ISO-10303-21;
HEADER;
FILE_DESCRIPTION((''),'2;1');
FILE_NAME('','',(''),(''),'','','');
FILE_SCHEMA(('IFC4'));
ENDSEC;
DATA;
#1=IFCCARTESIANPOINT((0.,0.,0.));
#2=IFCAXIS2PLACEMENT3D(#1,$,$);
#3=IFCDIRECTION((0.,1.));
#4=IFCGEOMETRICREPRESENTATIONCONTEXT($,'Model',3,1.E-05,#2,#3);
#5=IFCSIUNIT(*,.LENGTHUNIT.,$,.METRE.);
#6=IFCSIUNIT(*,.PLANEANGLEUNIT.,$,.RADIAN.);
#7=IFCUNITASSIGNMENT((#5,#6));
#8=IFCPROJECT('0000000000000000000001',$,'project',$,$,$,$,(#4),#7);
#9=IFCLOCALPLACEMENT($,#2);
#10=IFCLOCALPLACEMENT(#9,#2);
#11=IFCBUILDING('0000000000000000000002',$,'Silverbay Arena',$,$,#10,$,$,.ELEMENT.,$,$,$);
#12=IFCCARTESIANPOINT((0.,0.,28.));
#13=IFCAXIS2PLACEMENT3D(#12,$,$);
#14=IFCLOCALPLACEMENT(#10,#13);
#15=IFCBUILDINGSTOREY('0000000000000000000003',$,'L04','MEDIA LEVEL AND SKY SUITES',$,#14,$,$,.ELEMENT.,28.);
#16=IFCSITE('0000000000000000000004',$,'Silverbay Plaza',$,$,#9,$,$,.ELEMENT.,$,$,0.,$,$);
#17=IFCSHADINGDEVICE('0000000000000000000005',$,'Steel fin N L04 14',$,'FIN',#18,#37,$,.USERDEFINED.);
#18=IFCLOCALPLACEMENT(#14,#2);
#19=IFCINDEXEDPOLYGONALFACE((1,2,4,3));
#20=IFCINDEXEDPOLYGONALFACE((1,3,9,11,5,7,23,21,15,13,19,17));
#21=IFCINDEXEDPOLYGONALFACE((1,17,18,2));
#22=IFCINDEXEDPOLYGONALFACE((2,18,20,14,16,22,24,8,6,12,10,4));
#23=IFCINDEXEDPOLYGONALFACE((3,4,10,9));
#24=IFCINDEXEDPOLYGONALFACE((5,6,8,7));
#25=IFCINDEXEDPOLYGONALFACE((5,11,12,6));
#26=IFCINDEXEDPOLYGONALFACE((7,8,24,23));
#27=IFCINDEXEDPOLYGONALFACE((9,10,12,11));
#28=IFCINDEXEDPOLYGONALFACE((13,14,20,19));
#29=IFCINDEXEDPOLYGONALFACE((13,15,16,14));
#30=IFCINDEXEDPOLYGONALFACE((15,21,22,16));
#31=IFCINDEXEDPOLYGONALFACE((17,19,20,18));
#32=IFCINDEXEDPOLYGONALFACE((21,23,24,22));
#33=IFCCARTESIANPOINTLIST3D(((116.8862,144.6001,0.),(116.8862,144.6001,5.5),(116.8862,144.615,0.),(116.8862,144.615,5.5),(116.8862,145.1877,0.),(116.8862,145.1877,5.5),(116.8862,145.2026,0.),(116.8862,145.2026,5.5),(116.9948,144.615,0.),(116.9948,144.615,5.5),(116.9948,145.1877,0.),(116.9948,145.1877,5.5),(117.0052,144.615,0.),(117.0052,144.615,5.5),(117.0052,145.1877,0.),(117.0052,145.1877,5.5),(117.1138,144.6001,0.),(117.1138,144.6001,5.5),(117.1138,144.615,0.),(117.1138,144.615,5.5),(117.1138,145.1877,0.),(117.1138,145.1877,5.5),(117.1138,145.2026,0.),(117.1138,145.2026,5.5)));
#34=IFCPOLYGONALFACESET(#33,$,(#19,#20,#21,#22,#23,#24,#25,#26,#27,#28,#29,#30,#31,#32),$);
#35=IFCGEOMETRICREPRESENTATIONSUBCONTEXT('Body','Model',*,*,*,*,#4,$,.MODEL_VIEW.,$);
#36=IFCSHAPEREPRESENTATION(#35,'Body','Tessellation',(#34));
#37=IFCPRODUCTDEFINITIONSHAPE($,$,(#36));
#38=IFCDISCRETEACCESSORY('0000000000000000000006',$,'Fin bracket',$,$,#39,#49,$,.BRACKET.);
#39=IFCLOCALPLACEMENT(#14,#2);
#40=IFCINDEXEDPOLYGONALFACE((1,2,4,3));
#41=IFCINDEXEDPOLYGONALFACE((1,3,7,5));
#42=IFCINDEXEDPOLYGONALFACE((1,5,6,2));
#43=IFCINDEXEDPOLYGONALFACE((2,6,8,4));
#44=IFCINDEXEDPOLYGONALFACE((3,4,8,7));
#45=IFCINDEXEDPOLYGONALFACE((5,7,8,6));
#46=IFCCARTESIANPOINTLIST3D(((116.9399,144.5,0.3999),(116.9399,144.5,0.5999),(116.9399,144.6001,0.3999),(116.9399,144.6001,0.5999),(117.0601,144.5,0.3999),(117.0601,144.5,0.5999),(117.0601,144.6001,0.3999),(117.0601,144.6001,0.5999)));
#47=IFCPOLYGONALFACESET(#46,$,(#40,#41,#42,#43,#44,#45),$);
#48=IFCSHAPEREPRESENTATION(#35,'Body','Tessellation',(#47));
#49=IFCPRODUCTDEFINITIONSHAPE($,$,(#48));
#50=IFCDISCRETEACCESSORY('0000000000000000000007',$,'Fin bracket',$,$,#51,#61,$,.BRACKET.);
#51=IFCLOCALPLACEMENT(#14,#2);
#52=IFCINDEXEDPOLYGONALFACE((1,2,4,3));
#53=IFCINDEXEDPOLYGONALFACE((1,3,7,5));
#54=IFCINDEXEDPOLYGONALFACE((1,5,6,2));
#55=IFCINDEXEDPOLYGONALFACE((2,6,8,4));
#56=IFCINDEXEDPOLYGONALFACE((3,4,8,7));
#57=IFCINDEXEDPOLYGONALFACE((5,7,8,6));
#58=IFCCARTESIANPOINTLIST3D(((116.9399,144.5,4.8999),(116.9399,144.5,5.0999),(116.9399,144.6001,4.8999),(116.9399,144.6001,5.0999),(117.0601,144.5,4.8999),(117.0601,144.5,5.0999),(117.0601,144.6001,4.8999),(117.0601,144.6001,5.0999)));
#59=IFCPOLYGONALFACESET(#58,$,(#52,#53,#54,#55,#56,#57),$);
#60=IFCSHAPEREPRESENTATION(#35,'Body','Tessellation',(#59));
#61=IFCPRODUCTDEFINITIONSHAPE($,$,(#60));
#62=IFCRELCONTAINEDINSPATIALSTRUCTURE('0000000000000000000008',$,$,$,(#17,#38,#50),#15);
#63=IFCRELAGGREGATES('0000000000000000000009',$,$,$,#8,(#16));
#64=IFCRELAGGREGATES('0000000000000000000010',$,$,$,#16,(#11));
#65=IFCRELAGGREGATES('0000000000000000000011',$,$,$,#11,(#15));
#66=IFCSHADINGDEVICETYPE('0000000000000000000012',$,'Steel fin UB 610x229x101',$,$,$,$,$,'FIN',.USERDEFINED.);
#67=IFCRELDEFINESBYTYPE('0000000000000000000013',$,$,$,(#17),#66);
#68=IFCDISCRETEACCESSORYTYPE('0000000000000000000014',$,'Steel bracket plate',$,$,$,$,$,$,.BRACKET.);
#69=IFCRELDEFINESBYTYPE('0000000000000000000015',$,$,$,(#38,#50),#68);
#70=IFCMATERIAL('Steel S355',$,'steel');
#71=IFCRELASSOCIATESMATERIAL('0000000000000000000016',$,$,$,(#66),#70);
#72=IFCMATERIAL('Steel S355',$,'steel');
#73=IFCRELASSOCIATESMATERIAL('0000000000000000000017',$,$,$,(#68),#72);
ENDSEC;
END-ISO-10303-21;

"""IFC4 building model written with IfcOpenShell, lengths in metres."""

from ifc_helpers import new_model, si_unit, direction, frame, origin, origin_2d, place, context, subcontext, project, spatial, rectangle, i_section, extrude, material, material_profile, profile_set, type_object, element, save


model = new_model("IFC4")

# Units and contexts
model_context = context("Model", 3, precision=1e-05, world=origin(), true_north=direction((0.0, 1.0)))
body_context = subcontext(model_context, "Body", "Model", "MODEL_VIEW")
ifc_project = project(units=[si_unit("LENGTHUNIT", "METRE"), si_unit("PLANEANGLEUNIT", "RADIAN")], contexts=[model_context])

# Site, building, storey
site_placement = place(None, origin())
site = spatial("IfcSite", under=ifc_project, at=site_placement, Name="Silverbay Plaza", CompositionType="ELEMENT", RefElevation=0.0)
building_placement = place(site_placement, origin())
building = spatial("IfcBuilding", under=site, at=building_placement, Name="Silverbay Arena", CompositionType="ELEMENT")
storey_placement = place(building_placement, frame((0.0, 0.0, 28.0)))
storey = spatial("IfcBuildingStorey", under=building, at=storey_placement, Name="L04", Description="MEDIA LEVEL AND SKY SUITES", CompositionType="ELEMENT", Elevation=28.0)

# Shading device
ifc_material_1 = material(Name="Steel S355", Category="steel")
ifc_material_profile_1 = material_profile(ifc_material_1, i_section(OverallWidth=0.2275, OverallDepth=0.6025, WebThickness=0.0105, FlangeThickness=0.0149, at=origin_2d()), Name="UB 610x229x101")
ifc_profile_set_1 = profile_set([ifc_material_profile_1], Name="Steel S355")
shading_device_type = type_object("IfcShadingDeviceType", Name="Steel fin UB 610x229x101", ElementType="FIN", PredefinedType="USERDEFINED", material=ifc_profile_set_1)
shading_device_placement = place(storey_placement, frame((117.0, 144.9014, 0.0), z_axis=(0.0, 0.0, 1.0), x_axis=(1.0, 0.0, 0.0)))
element("IfcShadingDevice", 1, at=shading_device_placement, inside=storey, type_object=shading_device_type, Name="Steel fin N L04 14", ObjectType="FIN", PredefinedType="USERDEFINED", context=body_context, shape_type="SweptSolid", body=[
    extrude(i_section(OverallWidth=0.2275, OverallDepth=0.6025, WebThickness=0.0105, FlangeThickness=0.0149, at=origin_2d()), origin(), (0.0, 0.0, 1.0), 5.5),
])

# Discrete accessories
ifc_material_2 = material(Name="Steel S355", Category="steel")
discrete_accessory_type = type_object("IfcDiscreteAccessoryType", Name="Steel bracket plate", PredefinedType="BRACKET", material=ifc_material_2)
for number, where, z_axis, x_axis, name in (
    (2, (117.0, 144.55, 0.3999), (0.0, 0.0, 1.0), (1.0, 0.0, 0.0), "Fin bracket"),
    (3, (117.0, 144.55, 4.8999), (0.0, 0.0, 1.0), (1.0, 0.0, 0.0), "Fin bracket"),
):
    element("IfcDiscreteAccessory", number, at=place(storey_placement, frame(where, z_axis=z_axis, x_axis=x_axis)), inside=storey, type_object=discrete_accessory_type, Name=name, PredefinedType="BRACKET", context=body_context, shape_type="SweptSolid", body=[
        extrude(rectangle(XDim=0.1201, YDim=0.1001, at=origin_2d()), origin(), (0.0, 0.0, 1.0), 0.2),
    ])

save(model, "model.ifc")
